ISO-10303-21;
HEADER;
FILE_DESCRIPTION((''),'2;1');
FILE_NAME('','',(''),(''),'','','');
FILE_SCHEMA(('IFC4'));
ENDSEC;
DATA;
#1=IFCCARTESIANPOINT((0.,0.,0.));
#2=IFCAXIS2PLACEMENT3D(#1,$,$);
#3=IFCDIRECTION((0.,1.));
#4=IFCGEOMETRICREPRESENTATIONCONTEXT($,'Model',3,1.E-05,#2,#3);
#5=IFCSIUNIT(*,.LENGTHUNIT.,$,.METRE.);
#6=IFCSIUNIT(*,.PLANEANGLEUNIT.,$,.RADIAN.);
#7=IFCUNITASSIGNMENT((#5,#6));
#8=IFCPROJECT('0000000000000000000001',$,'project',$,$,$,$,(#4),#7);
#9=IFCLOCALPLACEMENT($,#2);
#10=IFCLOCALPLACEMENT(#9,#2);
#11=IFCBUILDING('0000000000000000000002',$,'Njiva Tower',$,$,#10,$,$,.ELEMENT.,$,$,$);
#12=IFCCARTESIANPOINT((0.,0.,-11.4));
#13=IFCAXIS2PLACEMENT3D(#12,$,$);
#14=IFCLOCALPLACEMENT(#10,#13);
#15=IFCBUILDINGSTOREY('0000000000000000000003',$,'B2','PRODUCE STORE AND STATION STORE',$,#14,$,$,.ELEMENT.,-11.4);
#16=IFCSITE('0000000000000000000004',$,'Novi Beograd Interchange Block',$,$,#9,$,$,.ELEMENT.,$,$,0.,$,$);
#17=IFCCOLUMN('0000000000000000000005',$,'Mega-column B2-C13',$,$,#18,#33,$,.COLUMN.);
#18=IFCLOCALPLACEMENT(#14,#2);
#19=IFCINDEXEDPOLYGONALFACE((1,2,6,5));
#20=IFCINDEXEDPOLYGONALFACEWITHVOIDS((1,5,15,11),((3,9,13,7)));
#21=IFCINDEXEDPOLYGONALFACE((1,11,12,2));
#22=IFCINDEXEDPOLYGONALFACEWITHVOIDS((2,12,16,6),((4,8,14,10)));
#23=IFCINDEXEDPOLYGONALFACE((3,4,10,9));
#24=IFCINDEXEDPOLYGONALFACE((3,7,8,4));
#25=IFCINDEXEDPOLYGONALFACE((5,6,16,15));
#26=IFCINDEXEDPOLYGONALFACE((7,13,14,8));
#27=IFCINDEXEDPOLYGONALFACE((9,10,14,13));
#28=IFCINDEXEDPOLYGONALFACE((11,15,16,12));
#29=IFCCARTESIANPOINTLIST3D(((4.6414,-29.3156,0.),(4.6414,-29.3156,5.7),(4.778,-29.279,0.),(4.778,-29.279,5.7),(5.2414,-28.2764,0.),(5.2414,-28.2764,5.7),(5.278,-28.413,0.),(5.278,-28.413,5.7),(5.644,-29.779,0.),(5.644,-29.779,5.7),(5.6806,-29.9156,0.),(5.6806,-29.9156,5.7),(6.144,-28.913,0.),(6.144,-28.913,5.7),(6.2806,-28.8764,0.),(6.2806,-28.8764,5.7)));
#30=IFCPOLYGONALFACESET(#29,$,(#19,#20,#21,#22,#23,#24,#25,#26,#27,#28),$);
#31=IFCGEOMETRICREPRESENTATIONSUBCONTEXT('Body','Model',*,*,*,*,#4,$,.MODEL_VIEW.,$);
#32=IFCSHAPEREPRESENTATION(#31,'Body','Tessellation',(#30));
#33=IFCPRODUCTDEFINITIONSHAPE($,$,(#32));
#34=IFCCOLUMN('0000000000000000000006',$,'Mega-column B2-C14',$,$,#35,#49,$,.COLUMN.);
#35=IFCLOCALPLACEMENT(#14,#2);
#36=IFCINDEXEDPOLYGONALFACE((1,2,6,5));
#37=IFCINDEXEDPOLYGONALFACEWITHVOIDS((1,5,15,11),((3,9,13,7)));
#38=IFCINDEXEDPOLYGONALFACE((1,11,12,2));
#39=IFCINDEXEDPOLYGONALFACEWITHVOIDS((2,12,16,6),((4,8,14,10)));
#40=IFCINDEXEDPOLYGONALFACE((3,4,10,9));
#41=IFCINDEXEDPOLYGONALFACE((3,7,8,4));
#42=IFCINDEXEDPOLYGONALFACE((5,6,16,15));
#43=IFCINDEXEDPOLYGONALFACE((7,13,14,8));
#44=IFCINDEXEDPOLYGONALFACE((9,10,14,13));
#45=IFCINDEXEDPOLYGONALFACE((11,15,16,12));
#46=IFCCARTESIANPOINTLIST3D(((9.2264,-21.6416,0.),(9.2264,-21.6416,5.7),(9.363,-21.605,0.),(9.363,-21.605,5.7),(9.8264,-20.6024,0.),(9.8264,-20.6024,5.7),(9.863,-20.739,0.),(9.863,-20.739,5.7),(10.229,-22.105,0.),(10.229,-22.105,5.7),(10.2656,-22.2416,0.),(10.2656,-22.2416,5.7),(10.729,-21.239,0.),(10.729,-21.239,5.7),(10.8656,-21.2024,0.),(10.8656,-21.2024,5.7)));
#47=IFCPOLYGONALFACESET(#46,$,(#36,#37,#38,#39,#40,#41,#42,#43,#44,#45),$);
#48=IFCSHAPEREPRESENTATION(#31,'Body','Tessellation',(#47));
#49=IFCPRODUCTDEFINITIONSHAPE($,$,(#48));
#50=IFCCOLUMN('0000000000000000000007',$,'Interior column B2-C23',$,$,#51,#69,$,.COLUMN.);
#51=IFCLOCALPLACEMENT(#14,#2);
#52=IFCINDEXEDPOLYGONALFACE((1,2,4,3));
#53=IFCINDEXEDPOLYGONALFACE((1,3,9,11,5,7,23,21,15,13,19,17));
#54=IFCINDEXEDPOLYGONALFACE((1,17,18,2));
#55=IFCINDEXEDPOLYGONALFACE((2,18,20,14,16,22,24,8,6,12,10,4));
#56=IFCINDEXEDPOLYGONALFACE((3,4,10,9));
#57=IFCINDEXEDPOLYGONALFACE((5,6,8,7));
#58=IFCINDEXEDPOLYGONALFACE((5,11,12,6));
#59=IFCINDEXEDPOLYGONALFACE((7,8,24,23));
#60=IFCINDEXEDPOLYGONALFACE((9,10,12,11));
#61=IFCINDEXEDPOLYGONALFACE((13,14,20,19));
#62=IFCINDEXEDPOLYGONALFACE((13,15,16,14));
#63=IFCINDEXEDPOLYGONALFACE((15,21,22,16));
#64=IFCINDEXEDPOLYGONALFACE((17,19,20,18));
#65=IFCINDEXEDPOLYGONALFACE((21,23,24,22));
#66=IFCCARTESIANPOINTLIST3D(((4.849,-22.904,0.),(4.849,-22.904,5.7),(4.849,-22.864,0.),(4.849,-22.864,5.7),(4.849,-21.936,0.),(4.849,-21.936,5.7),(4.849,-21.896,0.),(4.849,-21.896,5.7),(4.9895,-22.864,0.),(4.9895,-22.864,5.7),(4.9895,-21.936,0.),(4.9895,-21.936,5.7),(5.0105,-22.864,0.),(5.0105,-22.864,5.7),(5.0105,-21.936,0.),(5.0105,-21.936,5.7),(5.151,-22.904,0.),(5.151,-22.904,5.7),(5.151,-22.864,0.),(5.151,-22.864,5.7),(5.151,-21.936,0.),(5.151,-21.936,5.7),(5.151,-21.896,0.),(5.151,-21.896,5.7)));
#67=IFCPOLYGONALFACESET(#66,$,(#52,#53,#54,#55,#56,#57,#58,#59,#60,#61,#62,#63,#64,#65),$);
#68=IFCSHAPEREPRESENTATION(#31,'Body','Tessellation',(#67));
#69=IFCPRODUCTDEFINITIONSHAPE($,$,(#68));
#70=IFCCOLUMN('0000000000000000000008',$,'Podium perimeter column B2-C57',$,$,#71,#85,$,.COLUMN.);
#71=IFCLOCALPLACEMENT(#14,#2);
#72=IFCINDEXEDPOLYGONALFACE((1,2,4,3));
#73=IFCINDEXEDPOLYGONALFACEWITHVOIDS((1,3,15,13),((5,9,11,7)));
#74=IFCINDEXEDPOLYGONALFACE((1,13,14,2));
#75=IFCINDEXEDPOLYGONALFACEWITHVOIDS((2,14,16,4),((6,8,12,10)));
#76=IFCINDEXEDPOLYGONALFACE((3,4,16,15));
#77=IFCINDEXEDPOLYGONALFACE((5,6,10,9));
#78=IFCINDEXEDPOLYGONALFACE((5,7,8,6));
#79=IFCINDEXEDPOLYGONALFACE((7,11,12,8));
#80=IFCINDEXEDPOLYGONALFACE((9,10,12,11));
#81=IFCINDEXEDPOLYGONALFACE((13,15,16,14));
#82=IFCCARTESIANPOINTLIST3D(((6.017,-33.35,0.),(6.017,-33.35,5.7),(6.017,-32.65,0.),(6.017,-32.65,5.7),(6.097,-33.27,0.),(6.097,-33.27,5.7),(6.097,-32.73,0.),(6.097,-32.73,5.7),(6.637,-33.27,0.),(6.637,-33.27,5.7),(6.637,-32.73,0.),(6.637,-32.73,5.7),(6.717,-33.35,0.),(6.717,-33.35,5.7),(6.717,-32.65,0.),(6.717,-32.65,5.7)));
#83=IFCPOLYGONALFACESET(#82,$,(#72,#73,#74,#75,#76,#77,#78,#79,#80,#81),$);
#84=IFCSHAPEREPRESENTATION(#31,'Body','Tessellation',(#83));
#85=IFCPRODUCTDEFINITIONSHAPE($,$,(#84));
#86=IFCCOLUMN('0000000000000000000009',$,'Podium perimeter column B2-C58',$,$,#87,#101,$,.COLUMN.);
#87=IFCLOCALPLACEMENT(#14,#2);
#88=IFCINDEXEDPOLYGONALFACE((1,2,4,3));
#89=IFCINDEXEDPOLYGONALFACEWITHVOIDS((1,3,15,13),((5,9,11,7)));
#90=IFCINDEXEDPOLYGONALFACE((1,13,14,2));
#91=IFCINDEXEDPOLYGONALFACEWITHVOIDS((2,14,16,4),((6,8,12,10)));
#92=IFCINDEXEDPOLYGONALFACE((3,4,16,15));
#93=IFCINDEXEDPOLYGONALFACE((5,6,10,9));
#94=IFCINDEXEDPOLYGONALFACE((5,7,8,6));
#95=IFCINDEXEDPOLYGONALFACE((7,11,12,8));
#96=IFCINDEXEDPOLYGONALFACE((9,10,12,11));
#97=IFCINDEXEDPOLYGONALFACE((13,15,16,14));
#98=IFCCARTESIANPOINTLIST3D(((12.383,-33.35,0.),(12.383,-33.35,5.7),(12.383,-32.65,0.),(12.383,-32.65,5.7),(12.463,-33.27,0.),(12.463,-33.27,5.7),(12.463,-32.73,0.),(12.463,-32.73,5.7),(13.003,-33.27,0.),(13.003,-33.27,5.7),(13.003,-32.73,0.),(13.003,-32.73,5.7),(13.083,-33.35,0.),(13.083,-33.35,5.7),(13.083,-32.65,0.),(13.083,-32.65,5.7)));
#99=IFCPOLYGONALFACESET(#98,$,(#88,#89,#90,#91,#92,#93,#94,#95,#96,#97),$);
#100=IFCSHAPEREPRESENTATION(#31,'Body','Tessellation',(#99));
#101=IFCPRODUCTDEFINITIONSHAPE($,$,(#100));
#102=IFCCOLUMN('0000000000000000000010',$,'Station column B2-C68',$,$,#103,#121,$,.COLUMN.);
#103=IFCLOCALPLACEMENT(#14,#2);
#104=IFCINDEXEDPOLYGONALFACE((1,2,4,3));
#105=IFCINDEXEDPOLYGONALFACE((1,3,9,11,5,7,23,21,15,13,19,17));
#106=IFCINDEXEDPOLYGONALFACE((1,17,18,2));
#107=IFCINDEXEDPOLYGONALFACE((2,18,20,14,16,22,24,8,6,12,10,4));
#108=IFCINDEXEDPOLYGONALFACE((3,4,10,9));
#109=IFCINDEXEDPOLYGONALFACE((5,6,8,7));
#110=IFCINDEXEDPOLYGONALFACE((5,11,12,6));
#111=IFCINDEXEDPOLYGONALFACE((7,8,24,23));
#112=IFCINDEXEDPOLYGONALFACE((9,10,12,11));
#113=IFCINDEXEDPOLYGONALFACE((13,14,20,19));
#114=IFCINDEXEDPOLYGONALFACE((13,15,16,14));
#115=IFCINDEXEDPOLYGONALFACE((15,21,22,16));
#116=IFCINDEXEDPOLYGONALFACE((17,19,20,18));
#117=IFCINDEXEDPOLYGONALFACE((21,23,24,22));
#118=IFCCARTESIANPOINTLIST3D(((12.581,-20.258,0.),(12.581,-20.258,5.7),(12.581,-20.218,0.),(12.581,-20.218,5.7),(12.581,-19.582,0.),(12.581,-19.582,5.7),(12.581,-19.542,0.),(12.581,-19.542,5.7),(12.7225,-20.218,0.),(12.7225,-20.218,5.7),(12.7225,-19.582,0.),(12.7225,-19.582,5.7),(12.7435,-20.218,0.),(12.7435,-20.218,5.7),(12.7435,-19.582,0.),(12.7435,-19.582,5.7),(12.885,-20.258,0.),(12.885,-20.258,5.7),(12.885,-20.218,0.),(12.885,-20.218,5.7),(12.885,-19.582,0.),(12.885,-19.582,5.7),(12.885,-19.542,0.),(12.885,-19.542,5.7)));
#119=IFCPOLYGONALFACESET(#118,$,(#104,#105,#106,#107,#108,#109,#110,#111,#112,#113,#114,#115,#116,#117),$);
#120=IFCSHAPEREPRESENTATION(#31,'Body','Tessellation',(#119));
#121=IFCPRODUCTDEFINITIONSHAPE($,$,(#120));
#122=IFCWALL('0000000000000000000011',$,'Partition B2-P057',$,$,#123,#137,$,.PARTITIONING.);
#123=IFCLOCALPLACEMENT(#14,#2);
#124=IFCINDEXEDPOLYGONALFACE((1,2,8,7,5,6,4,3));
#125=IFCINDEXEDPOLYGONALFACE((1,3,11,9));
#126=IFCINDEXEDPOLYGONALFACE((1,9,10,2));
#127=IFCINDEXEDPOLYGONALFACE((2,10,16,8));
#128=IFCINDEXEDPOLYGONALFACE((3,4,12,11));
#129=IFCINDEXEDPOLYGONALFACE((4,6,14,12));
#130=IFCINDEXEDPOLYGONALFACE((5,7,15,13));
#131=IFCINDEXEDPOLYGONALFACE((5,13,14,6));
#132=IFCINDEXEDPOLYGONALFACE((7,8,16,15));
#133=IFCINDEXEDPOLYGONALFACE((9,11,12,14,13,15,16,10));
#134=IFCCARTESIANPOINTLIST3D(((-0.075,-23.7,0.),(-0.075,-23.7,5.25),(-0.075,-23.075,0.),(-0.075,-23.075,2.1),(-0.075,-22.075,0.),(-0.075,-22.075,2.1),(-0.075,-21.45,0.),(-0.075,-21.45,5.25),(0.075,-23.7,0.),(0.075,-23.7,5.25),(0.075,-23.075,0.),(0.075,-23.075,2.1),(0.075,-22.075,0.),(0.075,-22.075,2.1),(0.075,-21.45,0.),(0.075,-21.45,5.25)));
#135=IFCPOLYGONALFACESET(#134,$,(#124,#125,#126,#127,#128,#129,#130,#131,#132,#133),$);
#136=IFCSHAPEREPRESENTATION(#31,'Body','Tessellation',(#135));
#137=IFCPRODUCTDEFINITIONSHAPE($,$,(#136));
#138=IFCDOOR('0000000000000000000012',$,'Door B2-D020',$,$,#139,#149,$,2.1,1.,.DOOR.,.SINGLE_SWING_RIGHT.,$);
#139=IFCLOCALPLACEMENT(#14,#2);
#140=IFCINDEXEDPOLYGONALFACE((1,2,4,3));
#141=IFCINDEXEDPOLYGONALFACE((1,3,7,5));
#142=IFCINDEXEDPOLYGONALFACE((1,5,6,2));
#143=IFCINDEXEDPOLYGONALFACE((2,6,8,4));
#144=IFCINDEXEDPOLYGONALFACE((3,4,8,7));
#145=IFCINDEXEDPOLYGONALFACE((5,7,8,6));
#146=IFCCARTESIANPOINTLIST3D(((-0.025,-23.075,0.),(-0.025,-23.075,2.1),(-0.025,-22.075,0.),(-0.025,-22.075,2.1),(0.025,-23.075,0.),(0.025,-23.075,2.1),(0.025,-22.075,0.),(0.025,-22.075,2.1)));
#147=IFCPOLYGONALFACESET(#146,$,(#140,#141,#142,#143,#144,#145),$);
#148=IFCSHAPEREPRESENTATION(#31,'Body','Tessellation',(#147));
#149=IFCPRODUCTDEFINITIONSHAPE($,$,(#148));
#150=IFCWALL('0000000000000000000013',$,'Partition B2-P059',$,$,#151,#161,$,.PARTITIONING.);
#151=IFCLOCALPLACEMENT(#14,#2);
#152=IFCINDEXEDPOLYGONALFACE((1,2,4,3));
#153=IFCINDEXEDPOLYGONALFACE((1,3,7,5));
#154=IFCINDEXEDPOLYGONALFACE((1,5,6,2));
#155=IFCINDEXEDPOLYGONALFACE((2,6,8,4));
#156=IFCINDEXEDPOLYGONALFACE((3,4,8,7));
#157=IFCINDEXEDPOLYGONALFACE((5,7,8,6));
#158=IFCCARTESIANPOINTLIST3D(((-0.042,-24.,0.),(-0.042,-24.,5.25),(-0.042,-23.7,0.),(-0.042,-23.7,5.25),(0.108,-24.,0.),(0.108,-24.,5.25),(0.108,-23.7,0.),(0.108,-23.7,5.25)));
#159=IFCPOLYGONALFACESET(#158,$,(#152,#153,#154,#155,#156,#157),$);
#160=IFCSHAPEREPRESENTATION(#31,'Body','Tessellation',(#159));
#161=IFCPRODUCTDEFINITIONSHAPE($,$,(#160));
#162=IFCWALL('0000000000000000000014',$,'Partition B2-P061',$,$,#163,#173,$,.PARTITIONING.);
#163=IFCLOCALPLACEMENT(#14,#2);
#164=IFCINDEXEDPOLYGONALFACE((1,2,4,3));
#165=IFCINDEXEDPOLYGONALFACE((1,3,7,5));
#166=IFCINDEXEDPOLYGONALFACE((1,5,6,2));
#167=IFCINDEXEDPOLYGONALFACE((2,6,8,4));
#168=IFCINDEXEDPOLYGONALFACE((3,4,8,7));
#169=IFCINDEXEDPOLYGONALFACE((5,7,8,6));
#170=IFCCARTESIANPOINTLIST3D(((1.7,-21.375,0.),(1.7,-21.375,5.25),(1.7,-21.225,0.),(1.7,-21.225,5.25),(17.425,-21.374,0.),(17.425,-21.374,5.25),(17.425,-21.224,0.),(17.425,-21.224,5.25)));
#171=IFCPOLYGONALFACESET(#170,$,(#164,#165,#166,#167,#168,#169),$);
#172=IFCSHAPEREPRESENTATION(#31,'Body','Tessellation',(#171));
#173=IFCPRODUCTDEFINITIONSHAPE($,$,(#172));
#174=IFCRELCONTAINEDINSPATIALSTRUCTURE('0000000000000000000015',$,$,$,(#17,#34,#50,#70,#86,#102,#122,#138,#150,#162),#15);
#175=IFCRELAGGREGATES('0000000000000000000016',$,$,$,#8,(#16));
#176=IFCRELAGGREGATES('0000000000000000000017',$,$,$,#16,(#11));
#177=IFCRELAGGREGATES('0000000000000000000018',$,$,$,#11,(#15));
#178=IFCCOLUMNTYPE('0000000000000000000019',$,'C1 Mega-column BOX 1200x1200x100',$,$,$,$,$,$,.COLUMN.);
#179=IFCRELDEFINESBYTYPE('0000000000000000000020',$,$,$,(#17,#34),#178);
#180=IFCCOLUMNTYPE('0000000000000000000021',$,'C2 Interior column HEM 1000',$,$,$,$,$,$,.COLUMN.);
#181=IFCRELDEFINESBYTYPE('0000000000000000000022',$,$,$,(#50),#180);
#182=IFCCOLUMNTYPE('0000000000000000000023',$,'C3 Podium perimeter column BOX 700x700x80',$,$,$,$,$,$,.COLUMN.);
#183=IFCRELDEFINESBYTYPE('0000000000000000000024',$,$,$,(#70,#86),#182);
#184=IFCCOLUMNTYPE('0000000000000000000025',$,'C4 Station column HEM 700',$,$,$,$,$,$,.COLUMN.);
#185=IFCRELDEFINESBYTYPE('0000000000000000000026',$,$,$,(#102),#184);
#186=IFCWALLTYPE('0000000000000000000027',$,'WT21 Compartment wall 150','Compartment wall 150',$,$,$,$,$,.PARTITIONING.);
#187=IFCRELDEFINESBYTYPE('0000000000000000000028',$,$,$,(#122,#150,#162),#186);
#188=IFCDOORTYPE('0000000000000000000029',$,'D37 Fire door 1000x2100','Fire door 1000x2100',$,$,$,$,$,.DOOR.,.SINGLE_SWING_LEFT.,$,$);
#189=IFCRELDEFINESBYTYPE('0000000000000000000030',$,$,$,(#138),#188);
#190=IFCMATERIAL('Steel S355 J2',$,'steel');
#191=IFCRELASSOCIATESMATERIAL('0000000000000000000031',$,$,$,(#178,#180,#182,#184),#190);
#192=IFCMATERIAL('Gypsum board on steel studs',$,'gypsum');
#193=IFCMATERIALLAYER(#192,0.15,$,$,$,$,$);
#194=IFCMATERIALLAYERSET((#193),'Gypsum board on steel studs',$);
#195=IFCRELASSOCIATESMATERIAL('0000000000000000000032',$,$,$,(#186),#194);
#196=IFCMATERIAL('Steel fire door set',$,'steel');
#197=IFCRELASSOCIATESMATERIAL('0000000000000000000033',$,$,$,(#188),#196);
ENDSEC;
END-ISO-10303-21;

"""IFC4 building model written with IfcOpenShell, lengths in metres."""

from ifc_helpers import new_model, si_unit, direction, frame, frame_2d, origin, origin_2d, place, context, subcontext, project, spatial, rectangle, hollow_rectangle, i_section, extrude, material, layer, layer_set, material_profile, profile_set, type_object, element, fill, save


model = new_model("IFC4")

# Units and contexts
model_context = context("Model", 3, precision=1e-05, world=origin(), true_north=direction((0.0, 1.0)))
body_context = subcontext(model_context, "Body", "Model", "MODEL_VIEW")
ifc_project = project(units=[si_unit("LENGTHUNIT", "METRE"), si_unit("PLANEANGLEUNIT", "RADIAN")], contexts=[model_context])

# Site, building, storey
site_placement = place(None, origin())
site = spatial("IfcSite", under=ifc_project, at=site_placement, Name="Novi Beograd Interchange Block", CompositionType="ELEMENT", RefElevation=0.0)
building_placement = place(site_placement, origin())
building = spatial("IfcBuilding", under=site, at=building_placement, Name="Njiva Tower", CompositionType="ELEMENT")
storey_placement = place(building_placement, frame((0.0, 0.0, -11.4)))
storey = spatial("IfcBuildingStorey", under=building, at=storey_placement, Name="B2", Description="PRODUCE STORE AND STATION STORE", CompositionType="ELEMENT", Elevation=-11.4)

# Columns
ifc_material_1 = material(Name="Steel S355 J2", Category="steel")
ifc_material_profile_1 = material_profile(ifc_material_1, hollow_rectangle(XDim=1.2, YDim=1.2, WallThickness=0.1, at=origin_2d()), Name="BOX 1200x1200x100")
ifc_profile_set_1 = profile_set([ifc_material_profile_1], Name="Steel S355 J2")
column_type_1 = type_object("IfcColumnType", Name="C1 Mega-column BOX 1200x1200x100", PredefinedType="COLUMN", material=ifc_profile_set_1)
for number, where, z_axis, x_axis, name in (
    (1, (5.461, -29.096, 0.0), (0.0, 0.0, 1.0), (0.5, 0.866025, 0.0), "Mega-column B2-C13"),
    (2, (10.046, -21.422, 0.0), (0.0, 0.0, 1.0), (0.5, 0.866025, 0.0), "Mega-column B2-C14"),
):
    element("IfcColumn", number, at=place(storey_placement, frame(where, z_axis=z_axis, x_axis=x_axis)), inside=storey, type_object=column_type_1, Name=name, PredefinedType="COLUMN", context=body_context, shape_type="SweptSolid", body=[
        extrude(hollow_rectangle(XDim=1.2, YDim=1.2, WallThickness=0.1, at=origin_2d()), origin(), (0.0, 0.0, 1.0), 5.7),
    ])
ifc_material_profile_2 = material_profile(ifc_material_1, i_section(OverallWidth=0.302, OverallDepth=1.008, WebThickness=0.021, FlangeThickness=0.04, at=origin_2d()), Name="HEM 1000")
ifc_profile_set_2 = profile_set([ifc_material_profile_2], Name="Steel S355 J2")
column_type_2 = type_object("IfcColumnType", Name="C2 Interior column HEM 1000", PredefinedType="COLUMN", material=ifc_profile_set_2)
column_1_placement = place(storey_placement, frame((5.0, -22.4, 0.0), z_axis=(0.0, 0.0, 1.0), x_axis=(1.0, 0.0, 0.0)))
element("IfcColumn", 3, at=column_1_placement, inside=storey, type_object=column_type_2, Name="Interior column B2-C23", PredefinedType="COLUMN", context=body_context, shape_type="SweptSolid", body=[
    extrude(i_section(OverallWidth=0.302, OverallDepth=1.008, WebThickness=0.021, FlangeThickness=0.04, at=origin_2d()), origin(), (0.0, 0.0, 1.0), 5.7),
])
ifc_material_profile_3 = material_profile(ifc_material_1, hollow_rectangle(XDim=0.7, YDim=0.7, WallThickness=0.08, at=origin_2d()), Name="BOX 700x700x80")
ifc_profile_set_3 = profile_set([ifc_material_profile_3], Name="Steel S355 J2")
column_type_3 = type_object("IfcColumnType", Name="C3 Podium perimeter column BOX 700x700x80", PredefinedType="COLUMN", material=ifc_profile_set_3)
for number, where, z_axis, x_axis, name in (
    (4, (6.367, -33.0, 0.0), (0.0, 0.0, 1.0), (1.0, 0.0, 0.0), "Podium perimeter column B2-C57"),
    (5, (12.733, -33.0, 0.0), (0.0, 0.0, 1.0), (1.0, 0.0, 0.0), "Podium perimeter column B2-C58"),
):
    element("IfcColumn", number, at=place(storey_placement, frame(where, z_axis=z_axis, x_axis=x_axis)), inside=storey, type_object=column_type_3, Name=name, PredefinedType="COLUMN", context=body_context, shape_type="SweptSolid", body=[
        extrude(hollow_rectangle(XDim=0.7, YDim=0.7, WallThickness=0.08, at=origin_2d()), origin(), (0.0, 0.0, 1.0), 5.7),
    ])
ifc_material_profile_4 = material_profile(ifc_material_1, i_section(OverallWidth=0.304, OverallDepth=0.716, WebThickness=0.021, FlangeThickness=0.04, at=origin_2d()), Name="HEM 700")
ifc_profile_set_4 = profile_set([ifc_material_profile_4], Name="Steel S355 J2")
column_type_4 = type_object("IfcColumnType", Name="C4 Station column HEM 700", PredefinedType="COLUMN", material=ifc_profile_set_4)
column_2_placement = place(storey_placement, frame((12.733, -19.9, 0.0), z_axis=(0.0, 0.0, 1.0), x_axis=(1.0, 0.0, 0.0)))
element("IfcColumn", 6, at=column_2_placement, inside=storey, type_object=column_type_4, Name="Station column B2-C68", PredefinedType="COLUMN", context=body_context, shape_type="SweptSolid", body=[
    extrude(i_section(OverallWidth=0.304, OverallDepth=0.716, WebThickness=0.021, FlangeThickness=0.04, at=origin_2d()), origin(), (0.0, 0.0, 1.0), 5.7),
])

# Wall, opening, door
ifc_material_2 = material(Name="Gypsum board on steel studs", Category="gypsum")
ifc_layer_1 = layer(ifc_material_2, 0.15)
ifc_layer_set_1 = layer_set([ifc_layer_1], Name="Gypsum board on steel studs")
wall_type_1 = type_object("IfcWallType", Name="WT21 Compartment wall 150", Description="Compartment wall 150", PredefinedType="PARTITIONING", material=ifc_layer_set_1)
wall_1_placement = place(storey_placement, frame((0.0, -23.7, 0.0), z_axis=(0.0, 0.0, 1.0), x_axis=(0.0, 1.0, 0.0)))
wall_1 = element("IfcWall", 7, at=wall_1_placement, inside=storey, type_object=wall_type_1, Name="Partition B2-P057", PredefinedType="PARTITIONING", context=body_context, shape_type="SweptSolid", body=[
    extrude(rectangle(XDim=2.25, YDim=0.15, at=frame_2d((1.125, 0.0))), origin(), (0.0, 0.0, 1.0), 5.25),
])
opening_1_placement = place(wall_1_placement, frame((0.625, 0.0, 0.0)))
opening_1 = element("IfcOpeningElement", 8, at=opening_1_placement, cuts=wall_1, PredefinedType="OPENING", context=body_context, shape_type="SweptSolid", body=[
    extrude(rectangle(XDim=1.0, YDim=2.1, at=frame_2d((0.5, 1.05))), frame((0.0, 0.085, 0.0), z_axis=(0.0, -1.0, 0.0), x_axis=(1.0, 0.0, 0.0)), (0.0, 0.0, 1.0), 0.17),
])
ifc_material_3 = material(Name="Steel fire door set", Category="steel")
door_type_1 = type_object("IfcDoorType", Name="D37 Fire door 1000x2100", Description="Fire door 1000x2100", OperationType="SINGLE_SWING_LEFT", PredefinedType="DOOR", material=ifc_material_3)
door_1_placement = place(opening_1_placement, origin())
door_1 = element("IfcDoor", 9, at=door_1_placement, inside=storey, type_object=door_type_1, Name="Door B2-D020", OperationType="SINGLE_SWING_RIGHT", OverallHeight=2.1, OverallWidth=1.0, PredefinedType="DOOR", context=body_context, shape_type="SweptSolid", body=[
    extrude(rectangle(XDim=1.0, YDim=2.1, at=frame_2d((0.5, 1.05))), frame((0.0, 0.025, 0.0), z_axis=(0.0, -1.0, 0.0), x_axis=(1.0, 0.0, 0.0)), (0.0, 0.0, 1.0), 0.05),
])
fill(opening_1, door_1)

# Walls
wall_2_placement = place(storey_placement, frame((0.033, -24.0, 0.0), z_axis=(0.0, 0.0, 1.0), x_axis=(0.0, 1.0, 0.0)))
element("IfcWall", 10, at=wall_2_placement, inside=storey, type_object=wall_type_1, Name="Partition B2-P059", PredefinedType="PARTITIONING", context=body_context, shape_type="SweptSolid", body=[
    extrude(rectangle(XDim=0.3, YDim=0.15, at=frame_2d((0.15, 0.0))), origin(), (0.0, 0.0, 1.0), 5.25),
])
wall_3_placement = place(storey_placement, frame((1.7, -21.3, 0.0), z_axis=(0.0, 0.0, 1.0), x_axis=(1.0, 0.000064, 0.0)))
element("IfcWall", 11, at=wall_3_placement, inside=storey, type_object=wall_type_1, Name="Partition B2-P061", PredefinedType="PARTITIONING", context=body_context, shape_type="SweptSolid", body=[
    extrude(rectangle(XDim=15.725, YDim=0.15, at=frame_2d((7.8625, 0.0))), origin(), (0.0, 0.0, 1.0), 5.25),
])

save(model, "model.ifc")
